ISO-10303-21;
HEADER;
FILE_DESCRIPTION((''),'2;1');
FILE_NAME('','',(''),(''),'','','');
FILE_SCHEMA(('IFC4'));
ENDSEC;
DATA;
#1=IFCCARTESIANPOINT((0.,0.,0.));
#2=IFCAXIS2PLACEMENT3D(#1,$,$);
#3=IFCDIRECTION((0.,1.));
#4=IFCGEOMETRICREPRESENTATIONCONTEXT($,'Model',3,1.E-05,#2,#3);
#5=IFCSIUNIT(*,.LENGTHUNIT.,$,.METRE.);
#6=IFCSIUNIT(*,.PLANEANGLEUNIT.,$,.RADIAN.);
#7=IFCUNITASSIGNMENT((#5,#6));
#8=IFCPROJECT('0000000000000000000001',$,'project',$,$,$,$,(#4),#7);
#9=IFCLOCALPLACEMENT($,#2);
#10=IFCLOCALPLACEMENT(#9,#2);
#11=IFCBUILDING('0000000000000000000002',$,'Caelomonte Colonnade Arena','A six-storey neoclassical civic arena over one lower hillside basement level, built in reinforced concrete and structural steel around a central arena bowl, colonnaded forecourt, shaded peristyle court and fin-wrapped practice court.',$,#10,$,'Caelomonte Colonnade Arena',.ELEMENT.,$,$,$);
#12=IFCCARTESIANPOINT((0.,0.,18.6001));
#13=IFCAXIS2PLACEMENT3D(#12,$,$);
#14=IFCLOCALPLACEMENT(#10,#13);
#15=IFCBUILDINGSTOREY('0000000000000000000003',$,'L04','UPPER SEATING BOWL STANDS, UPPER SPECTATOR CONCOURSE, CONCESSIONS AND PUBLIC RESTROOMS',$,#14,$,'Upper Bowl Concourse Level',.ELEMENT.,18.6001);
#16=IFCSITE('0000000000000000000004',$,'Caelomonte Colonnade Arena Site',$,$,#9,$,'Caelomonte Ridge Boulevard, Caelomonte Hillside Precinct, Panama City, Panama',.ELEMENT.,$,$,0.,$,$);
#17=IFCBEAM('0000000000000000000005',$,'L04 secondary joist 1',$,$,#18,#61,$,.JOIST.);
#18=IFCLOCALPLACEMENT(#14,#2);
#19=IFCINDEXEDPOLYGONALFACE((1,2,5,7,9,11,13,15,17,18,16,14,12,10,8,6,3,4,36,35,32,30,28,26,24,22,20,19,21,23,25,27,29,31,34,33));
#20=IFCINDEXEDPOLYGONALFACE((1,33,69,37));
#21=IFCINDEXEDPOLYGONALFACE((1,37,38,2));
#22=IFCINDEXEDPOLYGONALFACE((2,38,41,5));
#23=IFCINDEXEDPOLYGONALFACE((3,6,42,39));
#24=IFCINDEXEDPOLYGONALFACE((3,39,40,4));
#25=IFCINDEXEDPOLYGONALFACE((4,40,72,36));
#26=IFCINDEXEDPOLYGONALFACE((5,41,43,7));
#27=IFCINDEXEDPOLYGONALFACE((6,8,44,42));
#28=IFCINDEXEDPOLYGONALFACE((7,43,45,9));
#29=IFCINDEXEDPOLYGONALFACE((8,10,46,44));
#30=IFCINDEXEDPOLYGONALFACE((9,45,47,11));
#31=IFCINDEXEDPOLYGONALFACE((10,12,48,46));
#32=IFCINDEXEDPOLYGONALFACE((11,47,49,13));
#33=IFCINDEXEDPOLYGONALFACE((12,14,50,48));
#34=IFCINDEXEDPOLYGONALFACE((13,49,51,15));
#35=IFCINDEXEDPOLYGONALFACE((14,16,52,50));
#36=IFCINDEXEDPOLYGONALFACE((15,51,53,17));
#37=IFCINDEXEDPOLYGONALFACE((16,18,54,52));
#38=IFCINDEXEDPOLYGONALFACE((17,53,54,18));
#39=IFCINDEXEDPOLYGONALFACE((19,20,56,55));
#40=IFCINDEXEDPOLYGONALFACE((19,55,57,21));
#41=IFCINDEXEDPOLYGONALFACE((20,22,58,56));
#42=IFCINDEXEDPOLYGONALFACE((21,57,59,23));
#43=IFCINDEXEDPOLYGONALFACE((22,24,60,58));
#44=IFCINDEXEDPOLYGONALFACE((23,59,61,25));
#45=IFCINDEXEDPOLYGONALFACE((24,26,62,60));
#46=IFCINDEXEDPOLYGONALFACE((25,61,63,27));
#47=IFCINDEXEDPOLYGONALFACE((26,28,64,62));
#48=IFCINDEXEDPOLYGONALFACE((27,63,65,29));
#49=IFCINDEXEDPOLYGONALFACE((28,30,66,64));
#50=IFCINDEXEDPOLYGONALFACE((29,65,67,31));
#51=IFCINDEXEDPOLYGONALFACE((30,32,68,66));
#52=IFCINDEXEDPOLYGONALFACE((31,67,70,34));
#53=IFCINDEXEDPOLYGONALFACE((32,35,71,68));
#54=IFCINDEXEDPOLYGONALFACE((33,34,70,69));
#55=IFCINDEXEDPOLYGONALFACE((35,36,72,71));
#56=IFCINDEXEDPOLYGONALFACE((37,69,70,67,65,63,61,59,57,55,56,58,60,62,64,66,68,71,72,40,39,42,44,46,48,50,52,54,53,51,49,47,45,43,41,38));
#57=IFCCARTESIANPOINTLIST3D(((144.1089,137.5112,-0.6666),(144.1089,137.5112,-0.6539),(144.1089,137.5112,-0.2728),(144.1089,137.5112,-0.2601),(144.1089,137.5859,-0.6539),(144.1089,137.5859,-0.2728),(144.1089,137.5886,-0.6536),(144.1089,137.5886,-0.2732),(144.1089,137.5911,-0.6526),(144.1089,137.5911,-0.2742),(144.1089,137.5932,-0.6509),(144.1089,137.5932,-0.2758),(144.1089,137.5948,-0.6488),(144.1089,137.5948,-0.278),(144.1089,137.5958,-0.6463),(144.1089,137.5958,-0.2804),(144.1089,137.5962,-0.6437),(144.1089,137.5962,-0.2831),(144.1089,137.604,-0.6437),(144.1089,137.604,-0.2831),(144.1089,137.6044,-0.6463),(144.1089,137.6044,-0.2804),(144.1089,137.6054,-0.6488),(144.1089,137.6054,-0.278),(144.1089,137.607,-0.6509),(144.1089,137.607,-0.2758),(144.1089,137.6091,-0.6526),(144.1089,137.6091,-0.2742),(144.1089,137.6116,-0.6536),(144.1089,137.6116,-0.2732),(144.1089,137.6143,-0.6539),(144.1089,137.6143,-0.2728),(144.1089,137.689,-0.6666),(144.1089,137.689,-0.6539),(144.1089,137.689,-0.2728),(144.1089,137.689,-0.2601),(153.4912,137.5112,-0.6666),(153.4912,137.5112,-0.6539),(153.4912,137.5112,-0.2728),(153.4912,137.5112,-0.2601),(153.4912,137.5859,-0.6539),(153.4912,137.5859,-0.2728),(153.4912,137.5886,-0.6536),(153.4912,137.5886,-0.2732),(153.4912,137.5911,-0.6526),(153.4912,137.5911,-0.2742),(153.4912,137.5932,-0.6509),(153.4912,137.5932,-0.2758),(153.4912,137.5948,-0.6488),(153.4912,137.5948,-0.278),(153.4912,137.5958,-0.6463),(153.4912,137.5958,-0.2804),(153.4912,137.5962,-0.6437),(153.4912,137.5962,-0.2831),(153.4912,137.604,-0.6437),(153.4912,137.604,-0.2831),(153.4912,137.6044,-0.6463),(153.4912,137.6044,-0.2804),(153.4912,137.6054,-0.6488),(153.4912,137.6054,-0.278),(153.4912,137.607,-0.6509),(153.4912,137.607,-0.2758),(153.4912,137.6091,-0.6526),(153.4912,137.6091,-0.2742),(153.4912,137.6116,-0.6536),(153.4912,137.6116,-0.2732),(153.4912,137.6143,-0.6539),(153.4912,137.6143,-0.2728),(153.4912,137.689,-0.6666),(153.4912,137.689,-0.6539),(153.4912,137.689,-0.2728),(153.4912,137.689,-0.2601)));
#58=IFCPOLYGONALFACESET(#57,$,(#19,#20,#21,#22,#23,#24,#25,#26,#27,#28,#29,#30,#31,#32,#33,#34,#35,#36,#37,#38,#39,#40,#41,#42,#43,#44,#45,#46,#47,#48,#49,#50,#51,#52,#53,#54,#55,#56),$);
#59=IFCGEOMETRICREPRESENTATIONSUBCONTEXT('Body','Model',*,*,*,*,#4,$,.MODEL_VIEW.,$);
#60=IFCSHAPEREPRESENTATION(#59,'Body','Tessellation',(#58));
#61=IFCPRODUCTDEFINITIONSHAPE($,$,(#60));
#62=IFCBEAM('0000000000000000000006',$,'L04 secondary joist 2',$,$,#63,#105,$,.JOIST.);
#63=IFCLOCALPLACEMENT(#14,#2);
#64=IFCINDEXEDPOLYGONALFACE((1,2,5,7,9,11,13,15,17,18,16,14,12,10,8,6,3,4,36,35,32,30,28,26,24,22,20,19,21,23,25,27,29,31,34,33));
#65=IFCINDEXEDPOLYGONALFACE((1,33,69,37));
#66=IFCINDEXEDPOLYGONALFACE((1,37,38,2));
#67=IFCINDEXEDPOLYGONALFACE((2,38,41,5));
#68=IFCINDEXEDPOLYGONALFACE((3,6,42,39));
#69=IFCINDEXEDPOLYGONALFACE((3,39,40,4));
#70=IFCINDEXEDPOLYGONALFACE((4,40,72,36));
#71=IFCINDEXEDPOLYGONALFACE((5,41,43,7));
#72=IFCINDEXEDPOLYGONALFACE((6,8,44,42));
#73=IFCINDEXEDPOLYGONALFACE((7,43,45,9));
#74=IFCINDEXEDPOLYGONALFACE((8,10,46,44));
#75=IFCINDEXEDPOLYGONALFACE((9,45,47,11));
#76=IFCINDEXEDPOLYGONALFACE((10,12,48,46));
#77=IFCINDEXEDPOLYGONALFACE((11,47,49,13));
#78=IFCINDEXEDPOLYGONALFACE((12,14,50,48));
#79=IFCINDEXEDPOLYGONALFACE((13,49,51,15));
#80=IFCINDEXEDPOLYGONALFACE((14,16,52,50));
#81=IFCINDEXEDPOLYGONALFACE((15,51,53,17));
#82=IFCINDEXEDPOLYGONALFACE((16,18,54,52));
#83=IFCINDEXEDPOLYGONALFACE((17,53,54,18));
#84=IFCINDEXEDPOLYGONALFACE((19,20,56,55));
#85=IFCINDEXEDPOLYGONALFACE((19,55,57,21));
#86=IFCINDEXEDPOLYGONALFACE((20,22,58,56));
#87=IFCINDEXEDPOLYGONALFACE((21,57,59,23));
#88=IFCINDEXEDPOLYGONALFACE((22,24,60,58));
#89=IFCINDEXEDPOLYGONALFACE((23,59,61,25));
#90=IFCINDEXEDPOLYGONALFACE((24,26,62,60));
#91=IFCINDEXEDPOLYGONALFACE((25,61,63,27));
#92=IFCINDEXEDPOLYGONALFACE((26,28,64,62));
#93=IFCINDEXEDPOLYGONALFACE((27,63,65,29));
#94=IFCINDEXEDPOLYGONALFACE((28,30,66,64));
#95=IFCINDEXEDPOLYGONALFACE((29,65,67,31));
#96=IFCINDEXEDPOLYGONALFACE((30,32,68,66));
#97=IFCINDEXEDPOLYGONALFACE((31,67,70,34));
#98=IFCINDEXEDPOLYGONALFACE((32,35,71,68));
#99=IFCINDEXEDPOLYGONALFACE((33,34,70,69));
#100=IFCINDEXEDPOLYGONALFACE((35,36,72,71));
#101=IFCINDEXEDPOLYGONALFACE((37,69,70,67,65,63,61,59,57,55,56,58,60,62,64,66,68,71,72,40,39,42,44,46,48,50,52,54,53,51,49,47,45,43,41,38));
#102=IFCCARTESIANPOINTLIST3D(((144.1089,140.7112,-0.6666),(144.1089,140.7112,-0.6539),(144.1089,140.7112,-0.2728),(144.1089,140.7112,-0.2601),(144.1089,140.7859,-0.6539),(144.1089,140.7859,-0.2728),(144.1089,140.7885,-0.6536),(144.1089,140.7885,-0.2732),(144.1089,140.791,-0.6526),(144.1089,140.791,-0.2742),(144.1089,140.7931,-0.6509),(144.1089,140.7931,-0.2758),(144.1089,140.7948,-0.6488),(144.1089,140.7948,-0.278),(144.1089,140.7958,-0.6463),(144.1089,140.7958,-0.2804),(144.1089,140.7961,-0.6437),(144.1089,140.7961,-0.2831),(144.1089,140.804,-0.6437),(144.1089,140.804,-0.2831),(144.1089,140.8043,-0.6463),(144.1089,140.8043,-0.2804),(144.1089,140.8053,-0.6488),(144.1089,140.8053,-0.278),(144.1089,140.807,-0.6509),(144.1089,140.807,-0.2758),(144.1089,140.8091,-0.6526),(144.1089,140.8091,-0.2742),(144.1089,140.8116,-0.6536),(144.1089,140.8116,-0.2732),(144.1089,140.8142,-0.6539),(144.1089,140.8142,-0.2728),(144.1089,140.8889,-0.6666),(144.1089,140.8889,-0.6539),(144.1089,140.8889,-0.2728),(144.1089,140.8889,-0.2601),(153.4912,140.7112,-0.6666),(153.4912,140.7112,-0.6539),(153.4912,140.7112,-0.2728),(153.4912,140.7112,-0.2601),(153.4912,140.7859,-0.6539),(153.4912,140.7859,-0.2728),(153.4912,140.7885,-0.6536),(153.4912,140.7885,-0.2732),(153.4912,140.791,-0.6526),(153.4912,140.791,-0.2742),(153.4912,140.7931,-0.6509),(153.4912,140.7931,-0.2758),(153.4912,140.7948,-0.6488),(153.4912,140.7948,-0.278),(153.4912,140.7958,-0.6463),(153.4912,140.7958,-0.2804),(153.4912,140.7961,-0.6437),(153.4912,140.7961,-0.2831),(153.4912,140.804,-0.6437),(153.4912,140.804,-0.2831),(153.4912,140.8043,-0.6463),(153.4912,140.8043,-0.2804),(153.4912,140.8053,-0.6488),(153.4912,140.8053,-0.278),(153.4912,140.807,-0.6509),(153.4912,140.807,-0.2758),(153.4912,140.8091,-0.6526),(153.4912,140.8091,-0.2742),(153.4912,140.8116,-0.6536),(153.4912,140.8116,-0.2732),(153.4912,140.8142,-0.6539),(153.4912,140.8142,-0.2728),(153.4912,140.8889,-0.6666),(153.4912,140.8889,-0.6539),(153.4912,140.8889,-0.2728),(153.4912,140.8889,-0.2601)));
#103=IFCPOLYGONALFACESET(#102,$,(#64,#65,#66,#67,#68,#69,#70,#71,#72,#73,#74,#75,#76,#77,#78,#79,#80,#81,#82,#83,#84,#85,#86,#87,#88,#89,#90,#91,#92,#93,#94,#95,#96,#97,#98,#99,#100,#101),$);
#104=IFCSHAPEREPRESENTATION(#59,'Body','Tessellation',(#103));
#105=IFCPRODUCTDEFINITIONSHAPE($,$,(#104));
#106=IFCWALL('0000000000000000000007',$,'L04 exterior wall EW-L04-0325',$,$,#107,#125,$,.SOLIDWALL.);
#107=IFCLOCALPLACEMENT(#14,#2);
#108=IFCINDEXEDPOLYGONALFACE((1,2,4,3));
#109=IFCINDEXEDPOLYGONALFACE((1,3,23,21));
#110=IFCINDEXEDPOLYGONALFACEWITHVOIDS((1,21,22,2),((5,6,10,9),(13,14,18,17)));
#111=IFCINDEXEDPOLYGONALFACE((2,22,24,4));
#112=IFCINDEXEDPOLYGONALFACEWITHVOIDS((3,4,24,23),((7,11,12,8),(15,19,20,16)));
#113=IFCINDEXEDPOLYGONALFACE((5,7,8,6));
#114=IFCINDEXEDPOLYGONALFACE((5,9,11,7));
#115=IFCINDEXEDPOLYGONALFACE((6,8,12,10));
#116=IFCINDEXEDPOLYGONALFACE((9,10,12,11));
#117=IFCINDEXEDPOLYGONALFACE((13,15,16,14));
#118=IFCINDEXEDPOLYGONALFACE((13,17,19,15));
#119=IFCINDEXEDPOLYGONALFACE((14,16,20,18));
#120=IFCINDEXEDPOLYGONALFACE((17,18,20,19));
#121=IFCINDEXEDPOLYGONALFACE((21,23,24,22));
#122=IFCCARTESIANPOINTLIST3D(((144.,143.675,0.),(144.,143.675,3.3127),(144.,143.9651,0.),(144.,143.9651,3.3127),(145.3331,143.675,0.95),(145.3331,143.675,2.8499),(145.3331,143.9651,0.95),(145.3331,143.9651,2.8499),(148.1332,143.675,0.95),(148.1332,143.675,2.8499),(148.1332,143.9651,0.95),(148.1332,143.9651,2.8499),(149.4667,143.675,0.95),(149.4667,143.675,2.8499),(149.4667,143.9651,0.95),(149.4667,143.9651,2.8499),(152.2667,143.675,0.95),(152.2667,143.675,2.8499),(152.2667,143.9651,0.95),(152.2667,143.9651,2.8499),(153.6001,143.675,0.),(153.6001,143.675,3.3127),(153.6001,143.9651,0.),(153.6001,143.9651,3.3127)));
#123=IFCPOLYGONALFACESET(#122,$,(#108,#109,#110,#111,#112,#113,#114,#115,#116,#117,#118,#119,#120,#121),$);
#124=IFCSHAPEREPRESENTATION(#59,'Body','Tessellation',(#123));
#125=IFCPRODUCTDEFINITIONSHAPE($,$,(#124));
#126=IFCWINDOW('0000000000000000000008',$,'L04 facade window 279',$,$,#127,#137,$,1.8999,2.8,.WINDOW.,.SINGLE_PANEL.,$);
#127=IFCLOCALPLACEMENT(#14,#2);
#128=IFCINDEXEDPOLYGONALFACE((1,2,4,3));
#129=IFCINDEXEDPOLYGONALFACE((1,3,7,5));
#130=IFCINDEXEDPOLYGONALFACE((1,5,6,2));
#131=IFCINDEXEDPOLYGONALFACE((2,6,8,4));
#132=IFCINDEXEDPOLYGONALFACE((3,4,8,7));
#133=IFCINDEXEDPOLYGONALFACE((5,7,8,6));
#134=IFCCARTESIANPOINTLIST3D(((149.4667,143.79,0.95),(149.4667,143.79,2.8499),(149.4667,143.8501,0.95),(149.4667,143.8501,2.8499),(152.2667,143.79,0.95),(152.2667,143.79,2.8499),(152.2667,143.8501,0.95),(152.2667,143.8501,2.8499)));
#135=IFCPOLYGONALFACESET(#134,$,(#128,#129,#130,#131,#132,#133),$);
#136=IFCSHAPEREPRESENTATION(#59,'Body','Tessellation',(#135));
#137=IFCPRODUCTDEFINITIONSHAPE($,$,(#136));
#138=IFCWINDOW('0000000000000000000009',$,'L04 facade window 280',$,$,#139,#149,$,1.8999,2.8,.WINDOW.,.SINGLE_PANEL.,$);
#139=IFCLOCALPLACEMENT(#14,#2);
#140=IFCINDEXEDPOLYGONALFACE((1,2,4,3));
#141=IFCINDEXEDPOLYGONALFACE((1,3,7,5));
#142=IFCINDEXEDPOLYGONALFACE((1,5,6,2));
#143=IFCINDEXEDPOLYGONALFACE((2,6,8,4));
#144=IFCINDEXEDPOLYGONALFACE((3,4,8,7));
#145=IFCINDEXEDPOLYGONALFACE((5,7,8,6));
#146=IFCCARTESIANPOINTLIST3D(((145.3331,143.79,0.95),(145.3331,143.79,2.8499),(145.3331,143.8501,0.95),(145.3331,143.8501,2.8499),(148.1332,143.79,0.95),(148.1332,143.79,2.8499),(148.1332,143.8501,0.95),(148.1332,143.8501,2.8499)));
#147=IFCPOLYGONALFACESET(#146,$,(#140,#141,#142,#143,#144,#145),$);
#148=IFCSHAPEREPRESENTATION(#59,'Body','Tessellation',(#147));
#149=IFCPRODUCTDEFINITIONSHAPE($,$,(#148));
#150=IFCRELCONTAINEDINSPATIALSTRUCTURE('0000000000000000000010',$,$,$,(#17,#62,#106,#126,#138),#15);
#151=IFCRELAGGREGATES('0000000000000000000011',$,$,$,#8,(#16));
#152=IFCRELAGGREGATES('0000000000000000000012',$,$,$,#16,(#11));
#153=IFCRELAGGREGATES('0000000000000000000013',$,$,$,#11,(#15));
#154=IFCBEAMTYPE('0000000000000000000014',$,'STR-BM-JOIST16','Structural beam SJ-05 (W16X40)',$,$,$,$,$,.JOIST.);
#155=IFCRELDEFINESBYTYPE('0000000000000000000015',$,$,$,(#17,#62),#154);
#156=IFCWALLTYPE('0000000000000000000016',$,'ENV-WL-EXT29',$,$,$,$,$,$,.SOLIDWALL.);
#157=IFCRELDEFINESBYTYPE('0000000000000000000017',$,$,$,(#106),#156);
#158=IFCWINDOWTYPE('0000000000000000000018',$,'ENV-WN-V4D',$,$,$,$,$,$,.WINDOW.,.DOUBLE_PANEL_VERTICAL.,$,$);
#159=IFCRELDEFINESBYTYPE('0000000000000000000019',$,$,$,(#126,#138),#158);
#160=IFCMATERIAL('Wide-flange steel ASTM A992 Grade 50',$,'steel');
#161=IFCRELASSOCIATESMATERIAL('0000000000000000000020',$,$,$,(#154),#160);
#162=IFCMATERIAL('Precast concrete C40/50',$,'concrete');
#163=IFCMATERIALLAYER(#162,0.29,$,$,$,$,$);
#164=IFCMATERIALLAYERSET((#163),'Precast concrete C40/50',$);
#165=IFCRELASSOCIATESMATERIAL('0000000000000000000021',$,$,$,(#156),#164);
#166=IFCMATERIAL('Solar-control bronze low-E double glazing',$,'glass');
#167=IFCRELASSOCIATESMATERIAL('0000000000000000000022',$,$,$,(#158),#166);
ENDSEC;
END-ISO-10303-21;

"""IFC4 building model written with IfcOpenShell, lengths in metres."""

from ifc_helpers import new_model, si_unit, direction, frame, frame_2d, origin, origin_2d, place, context, subcontext, project, spatial, rectangle, i_section, extrude, material, layer, layer_set, material_profile, profile_set, type_object, element, fill, save


model = new_model("IFC4")

# Units and contexts
model_context = context("Model", 3, precision=1e-05, world=origin(), true_north=direction((0.0, 1.0)))
body_context = subcontext(model_context, "Body", "Model", "MODEL_VIEW")
ifc_project = project(units=[si_unit("LENGTHUNIT", "METRE"), si_unit("PLANEANGLEUNIT", "RADIAN")], contexts=[model_context])

# Site, building, storey
site_placement = place(None, origin())
site = spatial("IfcSite", under=ifc_project, at=site_placement, Name="Caelomonte Colonnade Arena Site", LongName="Caelomonte Ridge Boulevard, Caelomonte Hillside Precinct, Panama City, Panama", CompositionType="ELEMENT", RefElevation=0.0)
building_placement = place(site_placement, origin())
building = spatial("IfcBuilding", under=site, at=building_placement, Name="Caelomonte Colonnade Arena", Description="A six-storey neoclassical civic arena over one lower hillside basement level, built in reinforced concrete and structural steel around a central arena bowl, colonnaded forecourt, shaded peristyle court and fin-wrapped practice court.", LongName="Caelomonte Colonnade Arena", CompositionType="ELEMENT")
storey_placement = place(building_placement, frame((0.0, 0.0, 18.6001)))
storey = spatial("IfcBuildingStorey", under=building, at=storey_placement, Name="L04", Description="UPPER SEATING BOWL STANDS, UPPER SPECTATOR CONCOURSE, CONCESSIONS AND PUBLIC RESTROOMS", LongName="Upper Bowl Concourse Level", CompositionType="ELEMENT", Elevation=18.6001)

# Shared definitions
ifc_material_1 = material(Name="Wide-flange steel ASTM A992 Grade 50", Category="steel")

# Beams
ifc_material_profile_1 = material_profile(ifc_material_1, i_section(OverallWidth=0.1777, OverallDepth=0.4065, WebThickness=0.0078, FlangeThickness=0.0127, FilletRadius=0.0103, at=origin_2d()), Name="W16X40")
ifc_profile_set_1 = profile_set([ifc_material_profile_1], Name="Wide-flange steel ASTM A992 Grade 50")
beam_type_1 = type_object("IfcBeamType", Name="STR-BM-JOIST16", Description="Structural beam SJ-05 (W16X40)", PredefinedType="JOIST", material=ifc_profile_set_1)
for number, where, z_axis, x_axis, name in (
    (1, (144.1089, 137.6001, -0.4634), (1.0, 0.0, 0.0), (0.0, 1.0, 0.0), "L04 secondary joist 1"),
    (2, (144.1089, 140.8, -0.4634), (1.0, 0.0, 0.0), (0.0, 1.0, 0.0), "L04 secondary joist 2"),
):
    element("IfcBeam", number, at=place(storey_placement, frame(where, z_axis=z_axis, x_axis=x_axis)), inside=storey, type_object=beam_type_1, Name=name, PredefinedType="JOIST", context=body_context, shape_type="SweptSolid", body=[
        extrude(i_section(OverallWidth=0.1777, OverallDepth=0.4065, WebThickness=0.0078, FlangeThickness=0.0127, FilletRadius=0.0103, at=origin_2d()), origin(), (0.0, 0.0, 1.0), 9.3823),
    ])

# Wall, openings, windows
ifc_material_2 = material(Name="Precast concrete C40/50", Category="concrete")
ifc_layer = layer(ifc_material_2, 0.29)
ifc_layer_set = layer_set([ifc_layer], Name="Precast concrete C40/50")
wall_type = type_object("IfcWallType", Name="ENV-WL-EXT29", PredefinedType="SOLIDWALL", material=ifc_layer_set)
wall_1_placement = place(storey_placement, frame((153.6001, 143.8201, 0.0), z_axis=(0.0, 0.0, 1.0), x_axis=(-1.0, 0.0, 0.0)))
wall_1 = element("IfcWall", 3, at=wall_1_placement, inside=storey, type_object=wall_type, Name="L04 exterior wall EW-L04-0325", PredefinedType="SOLIDWALL", context=body_context, shape_type="SweptSolid", body=[
    extrude(rectangle(XDim=9.6001, YDim=0.29, at=frame_2d((4.8, 0.0))), origin(), (0.0, 0.0, 1.0), 3.3127),
])
opening_1_placement = place(wall_1_placement, frame((4.1333, 0.0, 0.95), z_axis=(0.0, 0.0, 1.0), x_axis=(-1.0, 0.0, 0.0)))
opening_1 = element("IfcOpeningElement", 4, at=opening_1_placement, cuts=wall_1, PredefinedType="OPENING", context=body_context, shape_type="SweptSolid", body=[
    extrude(rectangle(XDim=2.8, YDim=1.8999, at=frame_2d((1.3999, 0.95))), frame((0.0, 0.155, 0.0), z_axis=(0.0, -1.0, 0.0), x_axis=(1.0, 0.0, 0.0)), (0.0, 0.0, 1.0), 0.3101),
])
opening_2_placement = place(wall_1_placement, frame((8.2668, 0.0, 0.95), z_axis=(0.0, 0.0, 1.0), x_axis=(-1.0, 0.0, 0.0)))
opening_2 = element("IfcOpeningElement", 5, at=opening_2_placement, cuts=wall_1, PredefinedType="OPENING", context=body_context, shape_type="SweptSolid", body=[
    extrude(rectangle(XDim=2.8, YDim=1.8999, at=frame_2d((1.3999, 0.95))), frame((0.0, 0.155, 0.0), z_axis=(0.0, -1.0, 0.0), x_axis=(1.0, 0.0, 0.0)), (0.0, 0.0, 1.0), 0.3101),
])
ifc_material_3 = material(Name="Solar-control bronze low-E double glazing", Category="glass")
window_type = type_object("IfcWindowType", Name="ENV-WN-V4D", PartitioningType="DOUBLE_PANEL_VERTICAL", PredefinedType="WINDOW", material=ifc_material_3)
window_1_placement = place(opening_1_placement, origin())
window_1 = element("IfcWindow", 6, at=window_1_placement, inside=storey, type_object=window_type, Name="L04 facade window 279", OverallHeight=1.8999, OverallWidth=2.8, PartitioningType="SINGLE_PANEL", PredefinedType="WINDOW", context=body_context, shape_type="SweptSolid", body=[
    extrude(rectangle(XDim=2.8, YDim=1.8999, at=frame_2d((1.3999, 0.95))), frame((0.0, 0.03, 0.0), z_axis=(0.0, -1.0, 0.0), x_axis=(1.0, 0.0, 0.0)), (0.0, 0.0, 1.0), 0.0601),
])
fill(opening_1, window_1)
window_2_placement = place(opening_2_placement, origin())
window_2 = element("IfcWindow", 7, at=window_2_placement, inside=storey, type_object=window_type, Name="L04 facade window 280", OverallHeight=1.8999, OverallWidth=2.8, PartitioningType="SINGLE_PANEL", PredefinedType="WINDOW", context=body_context, shape_type="SweptSolid", body=[
    extrude(rectangle(XDim=2.8, YDim=1.8999, at=frame_2d((1.3999, 0.95))), frame((0.0, 0.03, 0.0), z_axis=(0.0, -1.0, 0.0), x_axis=(1.0, 0.0, 0.0)), (0.0, 0.0, 1.0), 0.0601),
])
fill(opening_2, window_2)

save(model, "model.ifc")
